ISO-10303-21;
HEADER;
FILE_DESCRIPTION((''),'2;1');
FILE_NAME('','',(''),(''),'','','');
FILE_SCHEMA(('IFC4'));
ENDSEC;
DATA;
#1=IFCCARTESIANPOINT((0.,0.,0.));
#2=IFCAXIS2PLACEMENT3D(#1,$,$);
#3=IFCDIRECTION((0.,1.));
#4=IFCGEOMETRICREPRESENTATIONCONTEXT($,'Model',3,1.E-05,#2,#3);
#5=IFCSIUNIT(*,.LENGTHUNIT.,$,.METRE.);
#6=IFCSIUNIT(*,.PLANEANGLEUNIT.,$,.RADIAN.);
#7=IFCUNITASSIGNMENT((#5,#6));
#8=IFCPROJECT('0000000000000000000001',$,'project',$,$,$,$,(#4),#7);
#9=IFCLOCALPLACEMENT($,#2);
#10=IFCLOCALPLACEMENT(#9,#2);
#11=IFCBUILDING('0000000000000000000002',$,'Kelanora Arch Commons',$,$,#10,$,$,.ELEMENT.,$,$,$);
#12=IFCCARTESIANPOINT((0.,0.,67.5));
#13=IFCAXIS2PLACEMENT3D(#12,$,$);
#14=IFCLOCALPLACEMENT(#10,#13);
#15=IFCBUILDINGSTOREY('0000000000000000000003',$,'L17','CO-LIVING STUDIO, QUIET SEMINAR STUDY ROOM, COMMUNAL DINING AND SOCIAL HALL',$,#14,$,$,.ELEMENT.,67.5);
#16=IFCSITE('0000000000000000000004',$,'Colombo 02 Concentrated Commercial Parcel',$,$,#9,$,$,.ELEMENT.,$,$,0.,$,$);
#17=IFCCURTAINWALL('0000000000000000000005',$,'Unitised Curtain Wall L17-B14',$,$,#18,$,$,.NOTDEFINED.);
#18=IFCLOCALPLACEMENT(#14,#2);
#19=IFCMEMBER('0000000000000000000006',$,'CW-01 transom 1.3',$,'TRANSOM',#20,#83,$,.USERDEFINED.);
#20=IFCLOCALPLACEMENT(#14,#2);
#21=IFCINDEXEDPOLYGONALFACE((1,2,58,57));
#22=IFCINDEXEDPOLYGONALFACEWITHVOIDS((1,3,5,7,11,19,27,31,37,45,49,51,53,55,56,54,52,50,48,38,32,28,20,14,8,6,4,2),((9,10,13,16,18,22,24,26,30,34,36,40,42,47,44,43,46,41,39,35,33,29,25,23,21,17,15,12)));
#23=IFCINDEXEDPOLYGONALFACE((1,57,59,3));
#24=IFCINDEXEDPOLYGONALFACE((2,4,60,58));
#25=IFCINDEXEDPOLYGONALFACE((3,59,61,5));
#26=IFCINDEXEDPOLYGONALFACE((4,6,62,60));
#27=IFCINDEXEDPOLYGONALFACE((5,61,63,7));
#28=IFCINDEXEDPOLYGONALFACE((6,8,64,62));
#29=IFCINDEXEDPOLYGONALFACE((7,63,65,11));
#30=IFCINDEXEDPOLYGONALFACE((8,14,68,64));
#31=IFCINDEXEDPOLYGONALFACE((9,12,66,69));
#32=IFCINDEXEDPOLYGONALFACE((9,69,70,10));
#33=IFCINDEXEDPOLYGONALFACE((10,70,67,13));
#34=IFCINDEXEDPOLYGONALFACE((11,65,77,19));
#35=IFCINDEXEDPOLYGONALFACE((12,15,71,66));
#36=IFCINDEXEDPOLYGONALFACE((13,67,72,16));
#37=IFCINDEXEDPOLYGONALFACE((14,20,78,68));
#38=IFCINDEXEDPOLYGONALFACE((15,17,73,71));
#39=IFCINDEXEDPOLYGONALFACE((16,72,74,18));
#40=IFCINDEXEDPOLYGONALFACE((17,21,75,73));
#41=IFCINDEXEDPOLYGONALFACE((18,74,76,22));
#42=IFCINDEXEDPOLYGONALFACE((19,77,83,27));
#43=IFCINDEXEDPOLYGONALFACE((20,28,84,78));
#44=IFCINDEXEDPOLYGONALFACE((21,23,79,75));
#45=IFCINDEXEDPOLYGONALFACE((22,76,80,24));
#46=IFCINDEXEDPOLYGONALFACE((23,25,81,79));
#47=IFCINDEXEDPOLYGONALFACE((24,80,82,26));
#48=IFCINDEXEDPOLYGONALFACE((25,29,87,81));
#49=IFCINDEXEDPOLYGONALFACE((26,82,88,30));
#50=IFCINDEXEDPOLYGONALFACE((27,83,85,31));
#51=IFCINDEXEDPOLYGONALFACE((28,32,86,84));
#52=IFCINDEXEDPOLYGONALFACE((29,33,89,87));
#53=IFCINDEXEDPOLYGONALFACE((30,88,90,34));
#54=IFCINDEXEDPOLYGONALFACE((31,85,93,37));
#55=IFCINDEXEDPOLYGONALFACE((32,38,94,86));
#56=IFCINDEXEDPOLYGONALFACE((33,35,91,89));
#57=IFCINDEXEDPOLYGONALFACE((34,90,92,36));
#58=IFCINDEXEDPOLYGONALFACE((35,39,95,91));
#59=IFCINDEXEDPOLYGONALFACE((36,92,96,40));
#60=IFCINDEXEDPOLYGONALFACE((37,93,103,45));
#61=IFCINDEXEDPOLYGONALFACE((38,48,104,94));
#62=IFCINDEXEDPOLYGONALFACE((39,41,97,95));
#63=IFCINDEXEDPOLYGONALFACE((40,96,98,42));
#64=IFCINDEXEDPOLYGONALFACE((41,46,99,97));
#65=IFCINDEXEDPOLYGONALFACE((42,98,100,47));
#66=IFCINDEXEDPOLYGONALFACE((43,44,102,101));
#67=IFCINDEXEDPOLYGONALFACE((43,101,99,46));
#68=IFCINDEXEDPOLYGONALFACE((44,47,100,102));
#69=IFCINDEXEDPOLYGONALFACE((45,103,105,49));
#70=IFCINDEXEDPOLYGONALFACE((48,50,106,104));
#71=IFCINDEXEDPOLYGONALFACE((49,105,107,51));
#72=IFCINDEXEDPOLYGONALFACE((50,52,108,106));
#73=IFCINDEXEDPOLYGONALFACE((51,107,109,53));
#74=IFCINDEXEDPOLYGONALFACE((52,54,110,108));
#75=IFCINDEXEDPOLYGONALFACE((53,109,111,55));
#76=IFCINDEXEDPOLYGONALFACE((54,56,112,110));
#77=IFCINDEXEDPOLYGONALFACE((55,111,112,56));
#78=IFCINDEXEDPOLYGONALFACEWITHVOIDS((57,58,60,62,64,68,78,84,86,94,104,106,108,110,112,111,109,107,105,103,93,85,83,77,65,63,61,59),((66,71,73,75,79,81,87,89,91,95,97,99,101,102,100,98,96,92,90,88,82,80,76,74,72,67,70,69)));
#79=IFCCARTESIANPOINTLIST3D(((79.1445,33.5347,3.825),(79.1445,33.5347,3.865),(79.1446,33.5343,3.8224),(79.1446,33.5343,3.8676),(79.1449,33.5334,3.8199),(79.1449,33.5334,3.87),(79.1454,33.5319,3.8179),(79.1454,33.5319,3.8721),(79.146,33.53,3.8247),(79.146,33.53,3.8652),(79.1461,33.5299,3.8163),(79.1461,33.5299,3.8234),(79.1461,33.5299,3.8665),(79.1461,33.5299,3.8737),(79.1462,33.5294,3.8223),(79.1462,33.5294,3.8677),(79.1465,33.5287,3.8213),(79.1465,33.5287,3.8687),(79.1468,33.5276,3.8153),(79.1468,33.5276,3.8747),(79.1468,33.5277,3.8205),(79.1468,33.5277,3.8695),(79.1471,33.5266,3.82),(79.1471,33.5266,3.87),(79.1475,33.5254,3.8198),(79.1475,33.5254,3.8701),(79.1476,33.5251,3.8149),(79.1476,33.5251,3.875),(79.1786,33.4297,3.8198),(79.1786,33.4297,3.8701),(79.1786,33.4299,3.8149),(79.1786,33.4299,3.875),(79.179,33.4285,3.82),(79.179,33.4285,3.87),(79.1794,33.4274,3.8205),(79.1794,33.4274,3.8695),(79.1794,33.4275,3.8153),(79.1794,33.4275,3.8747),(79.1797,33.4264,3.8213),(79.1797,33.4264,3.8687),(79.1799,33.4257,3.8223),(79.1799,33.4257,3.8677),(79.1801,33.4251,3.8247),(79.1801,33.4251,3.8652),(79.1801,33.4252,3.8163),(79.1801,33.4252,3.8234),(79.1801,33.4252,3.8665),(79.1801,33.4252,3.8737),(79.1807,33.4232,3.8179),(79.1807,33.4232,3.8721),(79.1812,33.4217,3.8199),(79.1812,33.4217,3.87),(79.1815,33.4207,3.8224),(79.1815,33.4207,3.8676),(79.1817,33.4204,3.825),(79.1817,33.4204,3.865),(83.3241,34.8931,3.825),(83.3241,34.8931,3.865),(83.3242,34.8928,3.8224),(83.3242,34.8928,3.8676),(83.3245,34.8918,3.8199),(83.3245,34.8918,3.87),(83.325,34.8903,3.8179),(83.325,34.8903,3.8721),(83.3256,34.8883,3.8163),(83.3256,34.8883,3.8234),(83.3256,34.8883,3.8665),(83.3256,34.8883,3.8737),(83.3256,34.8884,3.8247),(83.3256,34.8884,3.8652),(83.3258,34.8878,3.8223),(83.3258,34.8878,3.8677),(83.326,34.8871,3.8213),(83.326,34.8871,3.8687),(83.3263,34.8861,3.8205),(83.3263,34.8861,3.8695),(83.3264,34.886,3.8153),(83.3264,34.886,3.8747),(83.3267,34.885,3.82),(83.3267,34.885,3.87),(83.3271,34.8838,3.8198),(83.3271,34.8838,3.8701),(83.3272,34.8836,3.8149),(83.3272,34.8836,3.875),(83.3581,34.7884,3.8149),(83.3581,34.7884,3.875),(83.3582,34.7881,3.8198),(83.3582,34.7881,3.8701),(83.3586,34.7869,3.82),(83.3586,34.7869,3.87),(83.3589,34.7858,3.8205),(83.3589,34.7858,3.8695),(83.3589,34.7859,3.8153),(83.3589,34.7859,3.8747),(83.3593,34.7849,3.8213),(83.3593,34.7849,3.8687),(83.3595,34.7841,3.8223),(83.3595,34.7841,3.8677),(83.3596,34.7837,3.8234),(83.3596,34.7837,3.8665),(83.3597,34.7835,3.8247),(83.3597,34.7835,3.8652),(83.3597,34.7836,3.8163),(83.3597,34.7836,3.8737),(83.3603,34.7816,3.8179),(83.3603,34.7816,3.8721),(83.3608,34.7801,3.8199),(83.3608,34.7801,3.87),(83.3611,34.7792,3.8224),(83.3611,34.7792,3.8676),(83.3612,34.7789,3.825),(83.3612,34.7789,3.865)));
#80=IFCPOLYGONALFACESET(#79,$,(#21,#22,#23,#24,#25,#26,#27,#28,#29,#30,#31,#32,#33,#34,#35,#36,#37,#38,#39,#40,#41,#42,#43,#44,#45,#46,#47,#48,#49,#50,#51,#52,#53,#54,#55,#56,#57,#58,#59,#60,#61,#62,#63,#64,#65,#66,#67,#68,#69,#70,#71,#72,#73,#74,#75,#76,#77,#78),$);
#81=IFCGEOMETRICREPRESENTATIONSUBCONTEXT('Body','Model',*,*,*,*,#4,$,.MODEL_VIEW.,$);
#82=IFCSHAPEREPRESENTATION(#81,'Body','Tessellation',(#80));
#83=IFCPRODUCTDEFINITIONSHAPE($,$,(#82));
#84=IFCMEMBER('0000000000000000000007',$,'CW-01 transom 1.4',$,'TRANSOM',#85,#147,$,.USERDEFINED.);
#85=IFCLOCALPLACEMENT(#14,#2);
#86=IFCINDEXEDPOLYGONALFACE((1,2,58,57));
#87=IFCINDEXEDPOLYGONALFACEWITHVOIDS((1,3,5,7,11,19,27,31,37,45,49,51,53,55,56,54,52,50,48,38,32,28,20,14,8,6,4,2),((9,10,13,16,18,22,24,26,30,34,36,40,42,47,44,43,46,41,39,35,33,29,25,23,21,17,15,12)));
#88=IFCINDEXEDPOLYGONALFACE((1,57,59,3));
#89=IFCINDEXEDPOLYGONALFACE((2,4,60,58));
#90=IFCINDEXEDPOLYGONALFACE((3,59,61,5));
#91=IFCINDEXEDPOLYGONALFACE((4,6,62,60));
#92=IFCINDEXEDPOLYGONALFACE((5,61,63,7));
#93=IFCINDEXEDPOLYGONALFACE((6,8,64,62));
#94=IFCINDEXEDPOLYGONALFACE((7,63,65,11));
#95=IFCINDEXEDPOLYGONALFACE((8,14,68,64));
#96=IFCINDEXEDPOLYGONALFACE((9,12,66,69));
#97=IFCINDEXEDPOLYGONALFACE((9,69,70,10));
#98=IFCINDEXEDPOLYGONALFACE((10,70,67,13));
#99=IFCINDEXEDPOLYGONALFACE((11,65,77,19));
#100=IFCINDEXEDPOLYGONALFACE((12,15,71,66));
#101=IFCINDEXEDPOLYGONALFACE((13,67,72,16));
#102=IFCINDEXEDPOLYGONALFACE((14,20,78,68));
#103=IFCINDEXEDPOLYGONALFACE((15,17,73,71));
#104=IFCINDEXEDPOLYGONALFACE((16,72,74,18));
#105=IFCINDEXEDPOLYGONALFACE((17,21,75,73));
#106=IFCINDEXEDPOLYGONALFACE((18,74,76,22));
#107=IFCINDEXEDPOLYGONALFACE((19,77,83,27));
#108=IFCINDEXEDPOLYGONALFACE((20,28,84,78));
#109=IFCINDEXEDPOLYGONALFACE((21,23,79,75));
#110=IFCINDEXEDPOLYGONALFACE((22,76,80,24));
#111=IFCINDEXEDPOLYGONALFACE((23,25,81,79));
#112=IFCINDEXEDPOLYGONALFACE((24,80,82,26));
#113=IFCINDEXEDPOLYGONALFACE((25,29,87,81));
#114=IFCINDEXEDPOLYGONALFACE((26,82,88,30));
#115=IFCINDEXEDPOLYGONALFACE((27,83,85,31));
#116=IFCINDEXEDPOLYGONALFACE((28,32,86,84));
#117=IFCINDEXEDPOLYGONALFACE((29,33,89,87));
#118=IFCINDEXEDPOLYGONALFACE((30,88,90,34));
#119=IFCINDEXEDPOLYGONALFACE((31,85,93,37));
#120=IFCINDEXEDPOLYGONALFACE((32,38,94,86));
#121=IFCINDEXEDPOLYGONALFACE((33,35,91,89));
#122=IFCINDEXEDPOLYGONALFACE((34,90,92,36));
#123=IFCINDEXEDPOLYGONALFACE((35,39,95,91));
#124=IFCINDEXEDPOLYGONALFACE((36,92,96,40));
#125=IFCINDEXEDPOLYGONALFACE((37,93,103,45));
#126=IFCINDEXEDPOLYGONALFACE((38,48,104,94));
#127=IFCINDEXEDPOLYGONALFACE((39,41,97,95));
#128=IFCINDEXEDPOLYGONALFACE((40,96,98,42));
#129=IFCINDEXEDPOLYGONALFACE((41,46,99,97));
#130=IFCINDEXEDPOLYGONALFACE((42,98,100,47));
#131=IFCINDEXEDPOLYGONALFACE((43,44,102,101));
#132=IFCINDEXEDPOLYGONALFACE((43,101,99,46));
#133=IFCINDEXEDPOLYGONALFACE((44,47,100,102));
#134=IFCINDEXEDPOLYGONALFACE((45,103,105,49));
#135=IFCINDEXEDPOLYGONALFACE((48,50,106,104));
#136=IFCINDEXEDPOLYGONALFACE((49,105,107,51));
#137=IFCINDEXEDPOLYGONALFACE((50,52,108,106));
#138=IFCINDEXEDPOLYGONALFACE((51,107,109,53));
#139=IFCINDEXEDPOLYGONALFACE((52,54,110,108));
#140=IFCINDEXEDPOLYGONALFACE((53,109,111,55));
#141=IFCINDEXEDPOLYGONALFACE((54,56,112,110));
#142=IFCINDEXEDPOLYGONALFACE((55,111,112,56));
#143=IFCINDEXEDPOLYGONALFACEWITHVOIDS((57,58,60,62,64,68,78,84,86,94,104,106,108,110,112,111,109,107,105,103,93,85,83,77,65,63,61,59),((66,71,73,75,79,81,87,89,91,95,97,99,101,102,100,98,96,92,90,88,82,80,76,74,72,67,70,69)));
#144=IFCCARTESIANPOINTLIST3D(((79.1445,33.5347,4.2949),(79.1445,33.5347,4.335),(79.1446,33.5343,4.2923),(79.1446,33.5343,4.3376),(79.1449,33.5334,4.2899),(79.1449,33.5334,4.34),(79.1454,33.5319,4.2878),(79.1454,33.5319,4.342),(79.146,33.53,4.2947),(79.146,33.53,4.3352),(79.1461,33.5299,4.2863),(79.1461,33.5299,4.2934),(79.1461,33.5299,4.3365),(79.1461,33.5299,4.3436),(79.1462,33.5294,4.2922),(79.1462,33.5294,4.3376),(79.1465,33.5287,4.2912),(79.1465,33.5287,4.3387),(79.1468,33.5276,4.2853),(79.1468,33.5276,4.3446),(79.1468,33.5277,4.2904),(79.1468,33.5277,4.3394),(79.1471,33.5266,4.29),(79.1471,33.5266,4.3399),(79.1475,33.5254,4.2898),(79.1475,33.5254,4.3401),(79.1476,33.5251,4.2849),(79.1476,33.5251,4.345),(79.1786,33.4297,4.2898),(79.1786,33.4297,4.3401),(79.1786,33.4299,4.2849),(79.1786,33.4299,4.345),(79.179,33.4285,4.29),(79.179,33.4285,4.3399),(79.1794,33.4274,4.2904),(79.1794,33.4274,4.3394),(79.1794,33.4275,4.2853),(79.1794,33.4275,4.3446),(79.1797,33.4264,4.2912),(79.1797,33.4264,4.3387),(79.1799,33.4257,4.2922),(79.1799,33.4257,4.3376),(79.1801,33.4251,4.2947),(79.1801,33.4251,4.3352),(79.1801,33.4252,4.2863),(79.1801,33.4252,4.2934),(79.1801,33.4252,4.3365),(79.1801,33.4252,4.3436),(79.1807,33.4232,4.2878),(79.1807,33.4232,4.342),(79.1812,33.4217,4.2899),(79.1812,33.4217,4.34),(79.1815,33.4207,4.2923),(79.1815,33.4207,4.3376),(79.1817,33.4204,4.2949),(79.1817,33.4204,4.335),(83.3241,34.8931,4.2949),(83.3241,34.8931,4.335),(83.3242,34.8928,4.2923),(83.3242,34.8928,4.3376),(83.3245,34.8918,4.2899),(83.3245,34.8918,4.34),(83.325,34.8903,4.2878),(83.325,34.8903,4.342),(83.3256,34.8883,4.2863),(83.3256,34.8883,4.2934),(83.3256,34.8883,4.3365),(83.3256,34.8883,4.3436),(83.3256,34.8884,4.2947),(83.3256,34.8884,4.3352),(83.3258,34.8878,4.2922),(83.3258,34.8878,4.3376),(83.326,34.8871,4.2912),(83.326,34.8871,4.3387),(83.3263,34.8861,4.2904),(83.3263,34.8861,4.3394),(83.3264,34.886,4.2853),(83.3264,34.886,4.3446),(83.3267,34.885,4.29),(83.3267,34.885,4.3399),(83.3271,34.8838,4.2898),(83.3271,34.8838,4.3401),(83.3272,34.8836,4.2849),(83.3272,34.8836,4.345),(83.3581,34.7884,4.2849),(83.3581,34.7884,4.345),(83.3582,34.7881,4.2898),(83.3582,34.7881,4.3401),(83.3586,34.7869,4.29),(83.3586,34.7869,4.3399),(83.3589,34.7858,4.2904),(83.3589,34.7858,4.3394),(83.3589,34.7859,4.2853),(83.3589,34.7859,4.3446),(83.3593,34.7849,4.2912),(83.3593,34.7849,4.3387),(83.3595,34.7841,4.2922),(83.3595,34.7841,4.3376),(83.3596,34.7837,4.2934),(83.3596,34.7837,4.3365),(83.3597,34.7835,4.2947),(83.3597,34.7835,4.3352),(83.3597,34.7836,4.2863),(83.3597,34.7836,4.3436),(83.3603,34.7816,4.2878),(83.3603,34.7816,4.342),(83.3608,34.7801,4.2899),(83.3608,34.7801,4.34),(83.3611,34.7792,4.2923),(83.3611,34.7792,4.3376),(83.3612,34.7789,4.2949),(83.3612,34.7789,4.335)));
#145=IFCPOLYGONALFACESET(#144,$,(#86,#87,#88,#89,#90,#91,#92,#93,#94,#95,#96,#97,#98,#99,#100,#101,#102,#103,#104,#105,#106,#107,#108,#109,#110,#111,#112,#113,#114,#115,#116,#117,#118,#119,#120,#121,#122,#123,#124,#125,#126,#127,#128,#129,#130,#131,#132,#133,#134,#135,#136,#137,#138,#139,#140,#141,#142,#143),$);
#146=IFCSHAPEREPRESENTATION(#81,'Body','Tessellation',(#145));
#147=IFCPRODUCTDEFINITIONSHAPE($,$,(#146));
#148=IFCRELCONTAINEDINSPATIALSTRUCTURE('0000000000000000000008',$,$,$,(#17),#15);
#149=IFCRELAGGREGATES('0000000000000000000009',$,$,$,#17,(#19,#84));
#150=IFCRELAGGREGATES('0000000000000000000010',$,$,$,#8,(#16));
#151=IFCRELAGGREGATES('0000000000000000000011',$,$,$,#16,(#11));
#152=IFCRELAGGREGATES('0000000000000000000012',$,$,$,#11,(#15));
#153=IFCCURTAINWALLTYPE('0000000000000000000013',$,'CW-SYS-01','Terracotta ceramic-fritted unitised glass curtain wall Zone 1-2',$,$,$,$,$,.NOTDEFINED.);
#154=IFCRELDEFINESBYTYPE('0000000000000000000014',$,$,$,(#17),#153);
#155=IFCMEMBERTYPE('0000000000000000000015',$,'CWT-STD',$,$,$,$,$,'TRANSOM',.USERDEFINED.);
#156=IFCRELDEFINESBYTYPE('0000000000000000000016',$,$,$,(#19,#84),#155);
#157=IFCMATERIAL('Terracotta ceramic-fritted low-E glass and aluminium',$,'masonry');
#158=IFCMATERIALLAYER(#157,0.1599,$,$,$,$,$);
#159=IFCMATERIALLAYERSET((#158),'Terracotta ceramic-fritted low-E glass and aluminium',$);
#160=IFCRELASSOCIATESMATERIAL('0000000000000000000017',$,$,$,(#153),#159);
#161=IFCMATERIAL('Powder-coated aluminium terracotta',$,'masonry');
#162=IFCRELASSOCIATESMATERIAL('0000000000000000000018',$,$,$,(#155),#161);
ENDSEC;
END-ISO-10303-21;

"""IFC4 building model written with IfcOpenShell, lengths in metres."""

from ifc_helpers import new_model, si_unit, direction, frame, origin, origin_2d, place, context, subcontext, project, spatial, hollow_rectangle, extrude, material, layer, layer_set, material_profile, profile_set, type_object, element, aggregate, save


model = new_model("IFC4")

# Units and contexts
model_context = context("Model", 3, precision=1e-05, world=origin(), true_north=direction((0.0, 1.0)))
body_context = subcontext(model_context, "Body", "Model", "MODEL_VIEW")
ifc_project = project(units=[si_unit("LENGTHUNIT", "METRE"), si_unit("PLANEANGLEUNIT", "RADIAN")], contexts=[model_context])

# Site, building, storey
site_placement = place(None, origin())
site = spatial("IfcSite", under=ifc_project, at=site_placement, Name="Colombo 02 Concentrated Commercial Parcel", CompositionType="ELEMENT", RefElevation=0.0)
building_placement = place(site_placement, origin())
building = spatial("IfcBuilding", under=site, at=building_placement, Name="Kelanora Arch Commons", CompositionType="ELEMENT")
storey_placement = place(building_placement, frame((0.0, 0.0, 67.5)))
storey = spatial("IfcBuildingStorey", under=building, at=storey_placement, Name="L17", Description="CO-LIVING STUDIO, QUIET SEMINAR STUDY ROOM, COMMUNAL DINING AND SOCIAL HALL", CompositionType="ELEMENT", Elevation=67.5)

# Curtain wall, members
ifc_material_1 = material(Name="Terracotta ceramic-fritted low-E glass and aluminium", Category="masonry")
ifc_layer_1 = layer(ifc_material_1, 0.1599)
ifc_layer_set_1 = layer_set([ifc_layer_1], Name="Terracotta ceramic-fritted low-E glass and aluminium")
curtain_wall_type = type_object("IfcCurtainWallType", Name="CW-SYS-01", Description="Terracotta ceramic-fritted unitised glass curtain wall Zone 1-2", PredefinedType="NOTDEFINED", material=ifc_layer_set_1)
curtain_wall_placement = place(storey_placement, origin())
curtain_wall = element("IfcCurtainWall", 1, at=curtain_wall_placement, inside=storey, type_object=curtain_wall_type, Name="Unitised Curtain Wall L17-B14", PredefinedType="NOTDEFINED")
ifc_material_2 = material(Name="Powder-coated aluminium terracotta", Category="masonry")
ifc_material_profile_1 = material_profile(ifc_material_2, hollow_rectangle(XDim=0.1201, YDim=0.0601, WallThickness=0.0049, InnerFilletRadius=0.0049, OuterFilletRadius=0.01, at=origin_2d()), Name="CWT120x60")
ifc_profile_set_1 = profile_set([ifc_material_profile_1], Name="Powder-coated aluminium terracotta")
member_type_1 = type_object("IfcMemberType", Name="CWT-STD", ElementType="TRANSOM", PredefinedType="USERDEFINED", material=ifc_profile_set_1)
member_1_placement = place(storey_placement, frame((79.1631, 33.4775, 3.845), z_axis=(0.951029, 0.309102, 0.0), x_axis=(-0.309102, 0.951029, 0.0)))
member_1 = element("IfcMember", 2, at=member_1_placement, type_object=member_type_1, Name="CW-01 transom 1.3", ObjectType="TRANSOM", PredefinedType="USERDEFINED", context=body_context, shape_type="SweptSolid", body=[
    extrude(hollow_rectangle(XDim=0.1201, YDim=0.0601, WallThickness=0.0049, InnerFilletRadius=0.0049, OuterFilletRadius=0.01, at=origin_2d()), origin(), (0.0, 0.0, 1.0), 4.3948),
])
member_2_placement = place(storey_placement, frame((79.1631, 33.4775, 4.3149), z_axis=(0.951029, 0.309102, 0.0), x_axis=(-0.309102, 0.951029, 0.0)))
member_2 = element("IfcMember", 3, at=member_2_placement, type_object=member_type_1, Name="CW-01 transom 1.4", ObjectType="TRANSOM", PredefinedType="USERDEFINED", context=body_context, shape_type="SweptSolid", body=[
    extrude(hollow_rectangle(XDim=0.1201, YDim=0.0601, WallThickness=0.0049, InnerFilletRadius=0.0049, OuterFilletRadius=0.01, at=origin_2d()), origin(), (0.0, 0.0, 1.0), 4.3948),
])
aggregate(curtain_wall, [member_1, member_2])

save(model, "model.ifc")
